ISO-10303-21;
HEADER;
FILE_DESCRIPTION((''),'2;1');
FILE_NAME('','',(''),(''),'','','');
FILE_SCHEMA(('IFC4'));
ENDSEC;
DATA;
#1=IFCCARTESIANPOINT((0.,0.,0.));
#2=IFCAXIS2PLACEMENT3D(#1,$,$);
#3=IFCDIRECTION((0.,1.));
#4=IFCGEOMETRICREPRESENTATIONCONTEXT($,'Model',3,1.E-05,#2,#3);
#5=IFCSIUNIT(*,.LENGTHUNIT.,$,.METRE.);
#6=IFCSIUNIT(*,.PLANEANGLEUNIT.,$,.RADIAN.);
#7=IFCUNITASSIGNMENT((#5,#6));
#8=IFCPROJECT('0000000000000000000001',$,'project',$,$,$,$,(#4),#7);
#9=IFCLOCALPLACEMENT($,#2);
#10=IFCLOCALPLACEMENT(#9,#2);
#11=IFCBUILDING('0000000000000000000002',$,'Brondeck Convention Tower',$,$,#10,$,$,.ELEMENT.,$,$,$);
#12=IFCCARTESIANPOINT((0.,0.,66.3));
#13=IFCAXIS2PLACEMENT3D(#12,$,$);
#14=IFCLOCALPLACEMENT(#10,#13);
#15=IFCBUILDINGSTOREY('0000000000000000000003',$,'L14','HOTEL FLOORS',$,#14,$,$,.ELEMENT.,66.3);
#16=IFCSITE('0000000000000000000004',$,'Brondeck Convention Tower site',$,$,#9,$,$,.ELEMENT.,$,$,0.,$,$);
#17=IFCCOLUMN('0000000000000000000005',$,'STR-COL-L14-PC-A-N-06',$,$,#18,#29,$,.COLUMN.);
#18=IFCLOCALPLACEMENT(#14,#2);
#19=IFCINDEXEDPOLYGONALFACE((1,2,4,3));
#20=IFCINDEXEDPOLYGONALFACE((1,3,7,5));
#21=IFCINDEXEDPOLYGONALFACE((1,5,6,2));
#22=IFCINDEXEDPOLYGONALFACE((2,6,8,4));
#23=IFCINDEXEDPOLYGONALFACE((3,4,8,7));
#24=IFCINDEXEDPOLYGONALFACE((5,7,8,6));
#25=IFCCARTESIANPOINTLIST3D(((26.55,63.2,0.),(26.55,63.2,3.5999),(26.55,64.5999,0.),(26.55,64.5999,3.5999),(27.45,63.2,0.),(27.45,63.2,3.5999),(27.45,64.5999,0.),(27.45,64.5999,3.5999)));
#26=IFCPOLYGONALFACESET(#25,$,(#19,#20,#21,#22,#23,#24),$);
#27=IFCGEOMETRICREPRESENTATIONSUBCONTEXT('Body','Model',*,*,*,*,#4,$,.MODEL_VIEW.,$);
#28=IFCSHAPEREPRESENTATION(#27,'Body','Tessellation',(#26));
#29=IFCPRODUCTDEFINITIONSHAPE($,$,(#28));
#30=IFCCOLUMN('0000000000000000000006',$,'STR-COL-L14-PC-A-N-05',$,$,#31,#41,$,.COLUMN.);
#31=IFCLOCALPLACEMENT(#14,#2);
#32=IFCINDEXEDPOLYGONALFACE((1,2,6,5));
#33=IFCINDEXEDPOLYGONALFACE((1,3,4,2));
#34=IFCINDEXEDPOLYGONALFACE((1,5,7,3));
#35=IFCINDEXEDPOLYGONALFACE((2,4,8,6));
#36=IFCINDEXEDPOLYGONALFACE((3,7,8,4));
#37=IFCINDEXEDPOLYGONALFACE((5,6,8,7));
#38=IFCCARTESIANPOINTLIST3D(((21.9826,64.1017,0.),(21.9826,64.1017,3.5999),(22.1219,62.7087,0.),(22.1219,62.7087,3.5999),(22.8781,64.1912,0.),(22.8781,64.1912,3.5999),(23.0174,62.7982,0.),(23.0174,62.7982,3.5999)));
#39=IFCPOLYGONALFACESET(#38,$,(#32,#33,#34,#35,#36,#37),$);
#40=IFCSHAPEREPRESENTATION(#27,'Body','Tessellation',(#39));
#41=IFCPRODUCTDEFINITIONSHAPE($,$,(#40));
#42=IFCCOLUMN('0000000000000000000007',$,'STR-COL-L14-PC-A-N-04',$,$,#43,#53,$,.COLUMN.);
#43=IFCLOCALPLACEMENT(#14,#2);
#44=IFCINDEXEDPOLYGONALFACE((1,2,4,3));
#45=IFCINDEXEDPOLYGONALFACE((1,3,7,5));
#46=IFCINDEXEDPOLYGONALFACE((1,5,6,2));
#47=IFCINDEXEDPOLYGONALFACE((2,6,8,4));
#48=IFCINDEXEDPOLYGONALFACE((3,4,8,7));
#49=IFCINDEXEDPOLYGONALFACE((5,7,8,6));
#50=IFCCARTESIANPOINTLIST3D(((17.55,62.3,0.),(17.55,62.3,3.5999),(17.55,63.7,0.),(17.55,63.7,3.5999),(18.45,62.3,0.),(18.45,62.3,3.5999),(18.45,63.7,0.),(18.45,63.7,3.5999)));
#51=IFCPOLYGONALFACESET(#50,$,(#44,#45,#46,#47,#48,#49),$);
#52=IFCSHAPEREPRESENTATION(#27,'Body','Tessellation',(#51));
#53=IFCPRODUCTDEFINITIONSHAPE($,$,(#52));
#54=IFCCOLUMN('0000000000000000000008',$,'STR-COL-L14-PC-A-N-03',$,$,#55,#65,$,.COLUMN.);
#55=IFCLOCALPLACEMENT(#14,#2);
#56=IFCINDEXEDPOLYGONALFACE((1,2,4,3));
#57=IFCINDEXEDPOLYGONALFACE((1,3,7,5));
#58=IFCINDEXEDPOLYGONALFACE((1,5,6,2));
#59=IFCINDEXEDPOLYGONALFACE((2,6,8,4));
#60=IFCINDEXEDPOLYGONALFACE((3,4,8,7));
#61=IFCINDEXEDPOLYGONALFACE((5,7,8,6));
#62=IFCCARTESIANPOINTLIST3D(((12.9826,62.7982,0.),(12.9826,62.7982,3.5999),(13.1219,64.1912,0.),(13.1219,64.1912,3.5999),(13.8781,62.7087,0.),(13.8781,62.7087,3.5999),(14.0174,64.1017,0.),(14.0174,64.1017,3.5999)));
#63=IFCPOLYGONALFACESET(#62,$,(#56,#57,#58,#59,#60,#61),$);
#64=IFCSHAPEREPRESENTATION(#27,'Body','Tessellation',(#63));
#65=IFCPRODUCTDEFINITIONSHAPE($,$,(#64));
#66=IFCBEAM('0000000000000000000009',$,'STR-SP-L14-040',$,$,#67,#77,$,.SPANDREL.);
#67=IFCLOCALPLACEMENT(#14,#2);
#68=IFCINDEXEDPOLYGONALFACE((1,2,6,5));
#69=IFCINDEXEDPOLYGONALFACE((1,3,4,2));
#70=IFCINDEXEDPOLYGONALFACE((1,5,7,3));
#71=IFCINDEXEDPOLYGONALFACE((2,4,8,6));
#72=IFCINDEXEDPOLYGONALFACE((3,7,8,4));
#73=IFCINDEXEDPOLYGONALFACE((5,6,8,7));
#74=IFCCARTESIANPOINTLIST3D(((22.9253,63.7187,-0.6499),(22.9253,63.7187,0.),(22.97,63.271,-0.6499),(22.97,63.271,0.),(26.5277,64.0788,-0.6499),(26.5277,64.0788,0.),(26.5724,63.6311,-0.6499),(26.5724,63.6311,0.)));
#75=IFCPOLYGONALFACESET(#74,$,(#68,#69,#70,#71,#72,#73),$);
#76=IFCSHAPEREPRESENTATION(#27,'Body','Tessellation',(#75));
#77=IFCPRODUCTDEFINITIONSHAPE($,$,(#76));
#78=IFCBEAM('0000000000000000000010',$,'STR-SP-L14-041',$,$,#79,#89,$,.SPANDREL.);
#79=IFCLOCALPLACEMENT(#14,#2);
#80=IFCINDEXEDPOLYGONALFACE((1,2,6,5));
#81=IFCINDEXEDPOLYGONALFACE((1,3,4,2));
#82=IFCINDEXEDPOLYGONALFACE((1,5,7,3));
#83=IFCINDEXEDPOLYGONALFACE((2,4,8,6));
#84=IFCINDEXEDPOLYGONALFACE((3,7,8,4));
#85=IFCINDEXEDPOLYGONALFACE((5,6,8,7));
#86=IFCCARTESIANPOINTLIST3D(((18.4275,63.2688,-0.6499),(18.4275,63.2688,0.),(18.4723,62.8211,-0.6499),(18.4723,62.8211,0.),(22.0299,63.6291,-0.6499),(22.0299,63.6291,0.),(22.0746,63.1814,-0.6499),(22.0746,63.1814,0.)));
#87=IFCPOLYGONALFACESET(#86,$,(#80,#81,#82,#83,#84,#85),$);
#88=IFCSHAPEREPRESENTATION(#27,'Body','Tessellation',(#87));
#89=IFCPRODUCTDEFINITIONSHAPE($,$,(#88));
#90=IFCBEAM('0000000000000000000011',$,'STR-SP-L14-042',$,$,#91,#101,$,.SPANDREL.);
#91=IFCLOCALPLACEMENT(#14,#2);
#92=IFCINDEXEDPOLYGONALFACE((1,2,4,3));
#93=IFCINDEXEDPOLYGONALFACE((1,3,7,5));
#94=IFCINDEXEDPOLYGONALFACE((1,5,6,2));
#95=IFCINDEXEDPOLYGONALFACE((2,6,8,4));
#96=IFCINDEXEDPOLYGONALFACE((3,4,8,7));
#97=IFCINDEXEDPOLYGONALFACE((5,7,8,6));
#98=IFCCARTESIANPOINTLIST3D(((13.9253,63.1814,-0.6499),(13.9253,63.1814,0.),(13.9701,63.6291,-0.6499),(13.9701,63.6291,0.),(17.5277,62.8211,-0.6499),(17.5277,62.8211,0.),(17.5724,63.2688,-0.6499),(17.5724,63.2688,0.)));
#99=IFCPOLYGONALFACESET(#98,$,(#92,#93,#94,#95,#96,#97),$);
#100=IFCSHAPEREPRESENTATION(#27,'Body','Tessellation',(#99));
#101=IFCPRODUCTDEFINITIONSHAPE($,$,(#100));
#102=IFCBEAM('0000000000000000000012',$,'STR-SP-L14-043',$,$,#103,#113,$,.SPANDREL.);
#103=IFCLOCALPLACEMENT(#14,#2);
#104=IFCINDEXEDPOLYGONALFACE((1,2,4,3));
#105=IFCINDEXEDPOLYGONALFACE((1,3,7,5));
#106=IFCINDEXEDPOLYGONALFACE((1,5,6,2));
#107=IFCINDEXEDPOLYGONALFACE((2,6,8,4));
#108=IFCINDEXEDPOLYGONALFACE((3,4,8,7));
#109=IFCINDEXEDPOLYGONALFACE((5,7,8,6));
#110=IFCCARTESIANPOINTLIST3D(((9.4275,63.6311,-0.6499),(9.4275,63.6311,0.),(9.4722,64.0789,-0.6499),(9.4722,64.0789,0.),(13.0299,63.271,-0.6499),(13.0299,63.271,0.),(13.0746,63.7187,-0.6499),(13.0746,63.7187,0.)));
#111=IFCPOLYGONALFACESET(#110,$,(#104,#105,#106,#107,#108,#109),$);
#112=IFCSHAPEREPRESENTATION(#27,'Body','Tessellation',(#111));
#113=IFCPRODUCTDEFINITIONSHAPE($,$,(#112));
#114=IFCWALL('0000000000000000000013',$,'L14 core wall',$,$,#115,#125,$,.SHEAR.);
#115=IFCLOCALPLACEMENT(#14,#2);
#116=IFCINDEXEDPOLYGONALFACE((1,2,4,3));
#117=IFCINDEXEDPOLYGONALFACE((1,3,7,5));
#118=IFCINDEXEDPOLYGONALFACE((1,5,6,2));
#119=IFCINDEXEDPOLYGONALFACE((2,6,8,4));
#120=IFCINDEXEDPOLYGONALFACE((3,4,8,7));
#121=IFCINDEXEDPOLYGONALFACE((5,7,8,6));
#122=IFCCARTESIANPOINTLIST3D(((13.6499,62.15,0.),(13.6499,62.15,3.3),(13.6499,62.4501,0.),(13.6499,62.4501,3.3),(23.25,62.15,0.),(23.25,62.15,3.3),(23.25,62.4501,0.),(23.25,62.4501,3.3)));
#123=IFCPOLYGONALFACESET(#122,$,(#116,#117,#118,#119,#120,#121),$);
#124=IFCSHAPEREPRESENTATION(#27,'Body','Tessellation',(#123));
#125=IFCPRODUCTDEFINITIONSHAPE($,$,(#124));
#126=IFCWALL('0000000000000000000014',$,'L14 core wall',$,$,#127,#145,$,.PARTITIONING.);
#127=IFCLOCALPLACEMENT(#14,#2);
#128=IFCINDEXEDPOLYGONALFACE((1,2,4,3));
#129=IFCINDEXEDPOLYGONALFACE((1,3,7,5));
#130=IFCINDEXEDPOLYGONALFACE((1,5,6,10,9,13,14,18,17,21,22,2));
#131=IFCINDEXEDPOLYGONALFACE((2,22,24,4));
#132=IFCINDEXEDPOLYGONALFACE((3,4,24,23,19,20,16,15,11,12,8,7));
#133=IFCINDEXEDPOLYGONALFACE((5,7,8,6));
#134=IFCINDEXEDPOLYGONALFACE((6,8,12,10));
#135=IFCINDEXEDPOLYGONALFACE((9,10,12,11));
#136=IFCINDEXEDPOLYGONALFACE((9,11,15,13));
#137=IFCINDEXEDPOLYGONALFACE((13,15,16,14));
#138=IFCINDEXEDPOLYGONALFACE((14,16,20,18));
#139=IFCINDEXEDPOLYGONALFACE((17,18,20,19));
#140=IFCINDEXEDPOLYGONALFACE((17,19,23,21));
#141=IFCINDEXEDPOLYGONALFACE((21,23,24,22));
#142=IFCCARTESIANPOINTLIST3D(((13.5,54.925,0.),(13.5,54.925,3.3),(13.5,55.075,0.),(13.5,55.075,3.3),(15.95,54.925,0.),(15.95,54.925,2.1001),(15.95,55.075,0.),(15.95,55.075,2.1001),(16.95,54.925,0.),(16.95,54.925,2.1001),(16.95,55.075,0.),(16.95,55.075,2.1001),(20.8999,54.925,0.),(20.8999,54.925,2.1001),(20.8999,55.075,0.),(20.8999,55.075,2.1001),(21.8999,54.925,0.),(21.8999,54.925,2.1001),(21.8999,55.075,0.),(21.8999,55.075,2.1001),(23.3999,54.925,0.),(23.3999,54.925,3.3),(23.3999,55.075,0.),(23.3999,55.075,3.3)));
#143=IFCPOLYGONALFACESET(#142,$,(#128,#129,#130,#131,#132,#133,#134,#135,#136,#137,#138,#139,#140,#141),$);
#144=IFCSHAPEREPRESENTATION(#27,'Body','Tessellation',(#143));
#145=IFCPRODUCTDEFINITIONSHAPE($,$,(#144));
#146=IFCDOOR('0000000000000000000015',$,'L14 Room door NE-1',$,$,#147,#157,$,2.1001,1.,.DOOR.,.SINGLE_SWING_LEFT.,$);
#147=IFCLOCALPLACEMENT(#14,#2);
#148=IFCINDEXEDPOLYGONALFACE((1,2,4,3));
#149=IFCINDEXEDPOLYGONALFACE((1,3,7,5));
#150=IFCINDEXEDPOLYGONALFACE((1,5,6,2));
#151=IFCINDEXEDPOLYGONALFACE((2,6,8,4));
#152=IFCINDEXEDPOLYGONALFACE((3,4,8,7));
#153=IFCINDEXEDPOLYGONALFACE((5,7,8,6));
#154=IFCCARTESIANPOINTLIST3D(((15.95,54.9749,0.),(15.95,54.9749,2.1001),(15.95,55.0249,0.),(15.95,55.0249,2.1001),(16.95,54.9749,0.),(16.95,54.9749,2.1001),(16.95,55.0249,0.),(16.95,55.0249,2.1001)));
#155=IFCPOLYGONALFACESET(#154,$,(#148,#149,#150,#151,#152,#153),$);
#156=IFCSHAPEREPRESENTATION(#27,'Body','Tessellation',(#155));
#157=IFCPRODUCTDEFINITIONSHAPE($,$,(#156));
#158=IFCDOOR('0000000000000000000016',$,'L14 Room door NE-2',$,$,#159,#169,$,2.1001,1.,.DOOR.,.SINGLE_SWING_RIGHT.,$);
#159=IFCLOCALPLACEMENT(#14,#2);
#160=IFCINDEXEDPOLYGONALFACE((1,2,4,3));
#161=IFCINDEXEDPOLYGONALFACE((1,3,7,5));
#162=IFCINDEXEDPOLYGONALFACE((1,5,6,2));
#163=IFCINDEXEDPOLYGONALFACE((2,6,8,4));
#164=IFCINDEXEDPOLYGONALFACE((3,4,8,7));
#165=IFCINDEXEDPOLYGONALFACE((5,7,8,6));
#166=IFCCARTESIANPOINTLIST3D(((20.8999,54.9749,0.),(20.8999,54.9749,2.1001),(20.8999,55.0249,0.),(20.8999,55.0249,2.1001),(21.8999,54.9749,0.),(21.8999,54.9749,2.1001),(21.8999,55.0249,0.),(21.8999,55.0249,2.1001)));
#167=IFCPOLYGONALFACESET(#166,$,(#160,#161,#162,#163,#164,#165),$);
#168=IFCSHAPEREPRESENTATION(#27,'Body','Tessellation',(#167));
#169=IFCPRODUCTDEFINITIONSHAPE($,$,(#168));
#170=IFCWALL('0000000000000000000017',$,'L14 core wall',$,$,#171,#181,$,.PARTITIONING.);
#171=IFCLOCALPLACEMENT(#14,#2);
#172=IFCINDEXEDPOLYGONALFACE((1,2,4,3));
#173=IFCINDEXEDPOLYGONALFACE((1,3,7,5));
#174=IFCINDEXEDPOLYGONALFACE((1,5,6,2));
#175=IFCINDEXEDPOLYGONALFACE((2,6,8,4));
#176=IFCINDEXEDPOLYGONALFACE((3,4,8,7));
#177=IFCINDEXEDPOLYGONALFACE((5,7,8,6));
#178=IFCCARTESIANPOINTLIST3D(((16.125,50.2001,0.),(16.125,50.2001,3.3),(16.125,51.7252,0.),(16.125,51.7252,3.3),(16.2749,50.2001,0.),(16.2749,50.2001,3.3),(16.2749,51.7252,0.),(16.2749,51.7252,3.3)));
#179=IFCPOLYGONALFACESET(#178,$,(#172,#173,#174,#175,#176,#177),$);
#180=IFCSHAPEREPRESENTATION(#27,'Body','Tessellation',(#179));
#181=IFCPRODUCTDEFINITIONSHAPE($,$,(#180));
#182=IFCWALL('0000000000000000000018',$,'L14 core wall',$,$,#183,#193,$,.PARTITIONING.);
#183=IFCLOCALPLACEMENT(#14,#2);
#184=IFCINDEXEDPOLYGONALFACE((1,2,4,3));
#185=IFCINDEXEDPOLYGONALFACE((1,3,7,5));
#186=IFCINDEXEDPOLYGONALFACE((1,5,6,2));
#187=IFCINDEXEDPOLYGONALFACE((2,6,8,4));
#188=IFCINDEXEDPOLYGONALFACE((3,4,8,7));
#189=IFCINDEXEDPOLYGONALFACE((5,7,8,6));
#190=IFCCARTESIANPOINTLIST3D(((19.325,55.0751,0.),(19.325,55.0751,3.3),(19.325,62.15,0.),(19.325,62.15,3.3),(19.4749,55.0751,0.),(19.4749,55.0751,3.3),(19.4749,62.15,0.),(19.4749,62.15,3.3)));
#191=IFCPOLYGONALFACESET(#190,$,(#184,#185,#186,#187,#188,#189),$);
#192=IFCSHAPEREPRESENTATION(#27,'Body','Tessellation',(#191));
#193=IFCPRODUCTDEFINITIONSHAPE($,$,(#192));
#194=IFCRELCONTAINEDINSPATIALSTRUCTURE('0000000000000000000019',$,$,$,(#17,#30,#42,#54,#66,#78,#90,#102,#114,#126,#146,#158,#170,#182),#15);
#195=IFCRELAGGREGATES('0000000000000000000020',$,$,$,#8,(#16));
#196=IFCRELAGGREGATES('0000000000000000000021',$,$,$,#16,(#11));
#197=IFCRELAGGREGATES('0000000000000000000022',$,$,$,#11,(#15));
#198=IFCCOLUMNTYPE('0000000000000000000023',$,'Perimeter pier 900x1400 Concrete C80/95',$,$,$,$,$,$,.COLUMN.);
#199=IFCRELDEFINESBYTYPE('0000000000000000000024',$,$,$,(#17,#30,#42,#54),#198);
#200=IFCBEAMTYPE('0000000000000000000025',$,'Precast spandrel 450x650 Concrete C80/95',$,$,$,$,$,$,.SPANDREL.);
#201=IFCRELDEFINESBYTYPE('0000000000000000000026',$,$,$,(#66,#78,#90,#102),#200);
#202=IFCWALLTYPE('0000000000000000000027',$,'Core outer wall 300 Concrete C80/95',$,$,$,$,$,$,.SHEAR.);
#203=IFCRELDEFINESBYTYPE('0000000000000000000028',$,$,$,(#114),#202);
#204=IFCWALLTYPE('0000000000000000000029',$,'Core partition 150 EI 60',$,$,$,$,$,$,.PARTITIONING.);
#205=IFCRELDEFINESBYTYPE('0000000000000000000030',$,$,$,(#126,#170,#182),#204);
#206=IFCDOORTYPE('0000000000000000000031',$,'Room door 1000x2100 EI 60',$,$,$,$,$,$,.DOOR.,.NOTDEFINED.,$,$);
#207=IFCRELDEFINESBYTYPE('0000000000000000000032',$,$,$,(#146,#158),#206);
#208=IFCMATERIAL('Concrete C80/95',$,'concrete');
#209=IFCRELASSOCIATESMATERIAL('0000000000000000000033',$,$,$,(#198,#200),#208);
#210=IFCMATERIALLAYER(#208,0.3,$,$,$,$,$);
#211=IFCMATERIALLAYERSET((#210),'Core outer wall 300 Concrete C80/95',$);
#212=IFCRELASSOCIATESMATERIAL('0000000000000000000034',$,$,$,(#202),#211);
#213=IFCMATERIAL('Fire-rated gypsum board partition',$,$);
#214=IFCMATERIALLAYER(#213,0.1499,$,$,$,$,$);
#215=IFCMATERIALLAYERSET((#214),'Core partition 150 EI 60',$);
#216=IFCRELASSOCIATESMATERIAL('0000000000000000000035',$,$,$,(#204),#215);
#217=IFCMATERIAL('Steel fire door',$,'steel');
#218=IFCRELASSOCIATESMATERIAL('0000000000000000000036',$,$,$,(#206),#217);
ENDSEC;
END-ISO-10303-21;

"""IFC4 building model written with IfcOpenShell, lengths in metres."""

from ifc_helpers import new_model, si_unit, direction, frame, frame_2d, origin, origin_2d, place, context, subcontext, project, spatial, rectangle, extrude, material, layer, layer_set, material_profile, profile_set, type_object, element, fill, save


model = new_model("IFC4")

# Units and contexts
model_context = context("Model", 3, precision=1e-05, world=origin(), true_north=direction((0.0, 1.0)))
body_context = subcontext(model_context, "Body", "Model", "MODEL_VIEW")
ifc_project = project(units=[si_unit("LENGTHUNIT", "METRE"), si_unit("PLANEANGLEUNIT", "RADIAN")], contexts=[model_context])

# Site, building, storey
site_placement = place(None, origin())
site = spatial("IfcSite", under=ifc_project, at=site_placement, Name="Brondeck Convention Tower site", CompositionType="ELEMENT", RefElevation=0.0)
building_placement = place(site_placement, origin())
building = spatial("IfcBuilding", under=site, at=building_placement, Name="Brondeck Convention Tower", CompositionType="ELEMENT")
storey_placement = place(building_placement, frame((0.0, 0.0, 66.3)))
storey = spatial("IfcBuildingStorey", under=building, at=storey_placement, Name="L14", Description="HOTEL FLOORS", CompositionType="ELEMENT", Elevation=66.3)

# Columns
ifc_material_1 = material(Name="Concrete C80/95", Category="concrete")
ifc_material_profile_1 = material_profile(ifc_material_1, rectangle(XDim=0.8999, YDim=1.3999, at=origin_2d()), Name="Perimeter pier 900x1400 Concrete C80/95")
ifc_profile_set_1 = profile_set([ifc_material_profile_1], Name="Concrete C80/95")
column_type = type_object("IfcColumnType", Name="Perimeter pier 900x1400 Concrete C80/95", PredefinedType="COLUMN", material=ifc_profile_set_1)
for number, where, z_axis, x_axis, name in (
    (1, (27.0, 63.8999, 0.0), (0.0, 0.0, 1.0), (-1.0, 0.0, 0.0), "STR-COL-L14-PC-A-N-06"),
    (2, (22.5, 63.45, 0.0), (0.0, 0.0, 1.0), (-0.995037, -0.099504, 0.0), "STR-COL-L14-PC-A-N-05"),
    (3, (18.0, 63.0, 0.0), (0.0, 0.0, 1.0), (-1.0, 0.0, 0.0), "STR-COL-L14-PC-A-N-04"),
    (4, (13.5, 63.45, 0.0), (0.0, 0.0, 1.0), (-0.995037, 0.099504, 0.0), "STR-COL-L14-PC-A-N-03"),
):
    element("IfcColumn", number, at=place(storey_placement, frame(where, z_axis=z_axis, x_axis=x_axis)), inside=storey, type_object=column_type, Name=name, PredefinedType="COLUMN", context=body_context, shape_type="SweptSolid", body=[
        extrude(rectangle(XDim=0.8999, YDim=1.3999, at=origin_2d()), origin(), (0.0, 0.0, 1.0), 3.5999),
    ])

# Beams
ifc_material_profile_2 = material_profile(ifc_material_1, rectangle(XDim=0.45, YDim=0.6499, at=origin_2d()), Name="Precast spandrel 450x650 Concrete C80/95")
ifc_profile_set_2 = profile_set([ifc_material_profile_2], Name="Concrete C80/95")
beam_type = type_object("IfcBeamType", Name="Precast spandrel 450x650 Concrete C80/95", PredefinedType="SPANDREL", material=ifc_profile_set_2)
for number, where, z_axis, x_axis, name in (
    (5, (26.55, 63.855, -0.325), (-0.995041, -0.09947, 0.0), (0.09947, -0.995041, 0.0), "STR-SP-L14-040"),
    (6, (22.0522, 63.4053, -0.325), (-0.995034, -0.099537, 0.0), (0.099537, -0.995034, 0.0), "STR-SP-L14-041"),
    (7, (17.55, 63.0449, -0.325), (-0.995034, 0.099537, 0.0), (-0.099537, -0.995034, 0.0), "STR-SP-L14-042"),
    (8, (13.0522, 63.4949, -0.325), (-0.995041, 0.09947, 0.0), (-0.09947, -0.995041, 0.0), "STR-SP-L14-043"),
):
    element("IfcBeam", number, at=place(storey_placement, frame(where, z_axis=z_axis, x_axis=x_axis)), inside=storey, type_object=beam_type, Name=name, PredefinedType="SPANDREL", context=body_context, shape_type="SweptSolid", body=[
        extrude(rectangle(XDim=0.45, YDim=0.6499, at=origin_2d()), origin(), (0.0, 0.0, 1.0), 3.6204),
    ])

# Wall
ifc_layer_1 = layer(ifc_material_1, 0.3)
ifc_layer_set_1 = layer_set([ifc_layer_1], Name="Core outer wall 300 Concrete C80/95")
wall_type_1 = type_object("IfcWallType", Name="Core outer wall 300 Concrete C80/95", PredefinedType="SHEAR", material=ifc_layer_set_1)
wall_1_placement = place(storey_placement, frame((13.6499, 62.3, 0.0), z_axis=(0.0, 0.0, 1.0), x_axis=(1.0, 0.0, 0.0)))
element("IfcWall", 9, at=wall_1_placement, inside=storey, type_object=wall_type_1, Name="L14 core wall", PredefinedType="SHEAR", context=body_context, shape_type="SweptSolid", body=[
    extrude(rectangle(XDim=9.6001, YDim=0.3, at=frame_2d((4.8, 0.0))), origin(), (0.0, 0.0, 1.0), 3.3),
])

# Wall, openings, doors
ifc_material_2 = material(Name="Fire-rated gypsum board partition")
ifc_layer_2 = layer(ifc_material_2, 0.1499)
ifc_layer_set_2 = layer_set([ifc_layer_2], Name="Core partition 150 EI 60")
wall_type_2 = type_object("IfcWallType", Name="Core partition 150 EI 60", PredefinedType="PARTITIONING", material=ifc_layer_set_2)
wall_2_placement = place(storey_placement, frame((13.5, 55.0, 0.0), z_axis=(0.0, 0.0, 1.0), x_axis=(1.0, 0.0, 0.0)))
wall_2 = element("IfcWall", 10, at=wall_2_placement, inside=storey, type_object=wall_type_2, Name="L14 core wall", PredefinedType="PARTITIONING", context=body_context, shape_type="SweptSolid", body=[
    extrude(rectangle(XDim=9.8999, YDim=0.1499, at=frame_2d((4.95, 0.0))), origin(), (0.0, 0.0, 1.0), 3.3),
])
opening_1_placement = place(wall_2_placement, frame((2.45, 0.0, 0.0)))
opening_1 = element("IfcOpeningElement", 11, at=opening_1_placement, cuts=wall_2, PredefinedType="OPENING", context=body_context, shape_type="SweptSolid", body=[
    extrude(rectangle(XDim=1.0, YDim=2.1001, at=frame_2d((0.5, 1.05))), frame((0.0, 0.085, 0.0), z_axis=(0.0, -1.0, 0.0), x_axis=(1.0, 0.0, 0.0)), (0.0, 0.0, 1.0), 0.1699),
])
opening_2_placement = place(wall_2_placement, frame((7.3999, 0.0, 0.0)))
opening_2 = element("IfcOpeningElement", 12, at=opening_2_placement, cuts=wall_2, PredefinedType="OPENING", context=body_context, shape_type="SweptSolid", body=[
    extrude(rectangle(XDim=1.0, YDim=2.1001, at=frame_2d((0.5, 1.05))), frame((0.0, 0.085, 0.0), z_axis=(0.0, -1.0, 0.0), x_axis=(1.0, 0.0, 0.0)), (0.0, 0.0, 1.0), 0.1699),
])
ifc_material_3 = material(Name="Steel fire door", Category="steel")
door_type_1 = type_object("IfcDoorType", Name="Room door 1000x2100 EI 60", OperationType="NOTDEFINED", PredefinedType="DOOR", material=ifc_material_3)
door_1_placement = place(opening_1_placement, origin())
door_1 = element("IfcDoor", 13, at=door_1_placement, inside=storey, type_object=door_type_1, Name="L14 Room door NE-1", OperationType="SINGLE_SWING_LEFT", OverallHeight=2.1001, OverallWidth=1.0, PredefinedType="DOOR", context=body_context, shape_type="SweptSolid", body=[
    extrude(rectangle(XDim=1.0, YDim=2.1001, at=frame_2d((0.5, 1.05))), frame((0.0, 0.0249, 0.0), z_axis=(0.0, -1.0, 0.0), x_axis=(1.0, 0.0, 0.0)), (0.0, 0.0, 1.0), 0.05),
])
fill(opening_1, door_1)
door_2_placement = place(opening_2_placement, origin())
door_2 = element("IfcDoor", 14, at=door_2_placement, inside=storey, type_object=door_type_1, Name="L14 Room door NE-2", OperationType="SINGLE_SWING_RIGHT", OverallHeight=2.1001, OverallWidth=1.0, PredefinedType="DOOR", context=body_context, shape_type="SweptSolid", body=[
    extrude(rectangle(XDim=1.0, YDim=2.1001, at=frame_2d((0.5, 1.05))), frame((0.0, 0.0249, 0.0), z_axis=(0.0, -1.0, 0.0), x_axis=(1.0, 0.0, 0.0)), (0.0, 0.0, 1.0), 0.05),
])
fill(opening_2, door_2)

# Walls
wall_3_placement = place(storey_placement, frame((16.2, 50.2, 0.0), z_axis=(0.0, 0.0, 1.0), x_axis=(0.0, 1.0, 0.0)))
element("IfcWall", 15, at=wall_3_placement, inside=storey, type_object=wall_type_2, Name="L14 core wall", PredefinedType="PARTITIONING", context=body_context, shape_type="SweptSolid", body=[
    extrude(rectangle(XDim=1.5251, YDim=0.1499, at=frame_2d((0.7627, 0.0))), origin(), (0.0, 0.0, 1.0), 3.3),
])
wall_4_placement = place(storey_placement, frame((19.3999, 55.075, 0.0), z_axis=(0.0, 0.0, 1.0), x_axis=(0.0, 1.0, 0.0)))
element("IfcWall", 16, at=wall_4_placement, inside=storey, type_object=wall_type_2, Name="L14 core wall", PredefinedType="PARTITIONING", context=body_context, shape_type="SweptSolid", body=[
    extrude(rectangle(XDim=7.075, YDim=0.1499, at=frame_2d((3.5376, 0.0))), origin(), (0.0, 0.0, 1.0), 3.3),
])

save(model, "model.ifc")
